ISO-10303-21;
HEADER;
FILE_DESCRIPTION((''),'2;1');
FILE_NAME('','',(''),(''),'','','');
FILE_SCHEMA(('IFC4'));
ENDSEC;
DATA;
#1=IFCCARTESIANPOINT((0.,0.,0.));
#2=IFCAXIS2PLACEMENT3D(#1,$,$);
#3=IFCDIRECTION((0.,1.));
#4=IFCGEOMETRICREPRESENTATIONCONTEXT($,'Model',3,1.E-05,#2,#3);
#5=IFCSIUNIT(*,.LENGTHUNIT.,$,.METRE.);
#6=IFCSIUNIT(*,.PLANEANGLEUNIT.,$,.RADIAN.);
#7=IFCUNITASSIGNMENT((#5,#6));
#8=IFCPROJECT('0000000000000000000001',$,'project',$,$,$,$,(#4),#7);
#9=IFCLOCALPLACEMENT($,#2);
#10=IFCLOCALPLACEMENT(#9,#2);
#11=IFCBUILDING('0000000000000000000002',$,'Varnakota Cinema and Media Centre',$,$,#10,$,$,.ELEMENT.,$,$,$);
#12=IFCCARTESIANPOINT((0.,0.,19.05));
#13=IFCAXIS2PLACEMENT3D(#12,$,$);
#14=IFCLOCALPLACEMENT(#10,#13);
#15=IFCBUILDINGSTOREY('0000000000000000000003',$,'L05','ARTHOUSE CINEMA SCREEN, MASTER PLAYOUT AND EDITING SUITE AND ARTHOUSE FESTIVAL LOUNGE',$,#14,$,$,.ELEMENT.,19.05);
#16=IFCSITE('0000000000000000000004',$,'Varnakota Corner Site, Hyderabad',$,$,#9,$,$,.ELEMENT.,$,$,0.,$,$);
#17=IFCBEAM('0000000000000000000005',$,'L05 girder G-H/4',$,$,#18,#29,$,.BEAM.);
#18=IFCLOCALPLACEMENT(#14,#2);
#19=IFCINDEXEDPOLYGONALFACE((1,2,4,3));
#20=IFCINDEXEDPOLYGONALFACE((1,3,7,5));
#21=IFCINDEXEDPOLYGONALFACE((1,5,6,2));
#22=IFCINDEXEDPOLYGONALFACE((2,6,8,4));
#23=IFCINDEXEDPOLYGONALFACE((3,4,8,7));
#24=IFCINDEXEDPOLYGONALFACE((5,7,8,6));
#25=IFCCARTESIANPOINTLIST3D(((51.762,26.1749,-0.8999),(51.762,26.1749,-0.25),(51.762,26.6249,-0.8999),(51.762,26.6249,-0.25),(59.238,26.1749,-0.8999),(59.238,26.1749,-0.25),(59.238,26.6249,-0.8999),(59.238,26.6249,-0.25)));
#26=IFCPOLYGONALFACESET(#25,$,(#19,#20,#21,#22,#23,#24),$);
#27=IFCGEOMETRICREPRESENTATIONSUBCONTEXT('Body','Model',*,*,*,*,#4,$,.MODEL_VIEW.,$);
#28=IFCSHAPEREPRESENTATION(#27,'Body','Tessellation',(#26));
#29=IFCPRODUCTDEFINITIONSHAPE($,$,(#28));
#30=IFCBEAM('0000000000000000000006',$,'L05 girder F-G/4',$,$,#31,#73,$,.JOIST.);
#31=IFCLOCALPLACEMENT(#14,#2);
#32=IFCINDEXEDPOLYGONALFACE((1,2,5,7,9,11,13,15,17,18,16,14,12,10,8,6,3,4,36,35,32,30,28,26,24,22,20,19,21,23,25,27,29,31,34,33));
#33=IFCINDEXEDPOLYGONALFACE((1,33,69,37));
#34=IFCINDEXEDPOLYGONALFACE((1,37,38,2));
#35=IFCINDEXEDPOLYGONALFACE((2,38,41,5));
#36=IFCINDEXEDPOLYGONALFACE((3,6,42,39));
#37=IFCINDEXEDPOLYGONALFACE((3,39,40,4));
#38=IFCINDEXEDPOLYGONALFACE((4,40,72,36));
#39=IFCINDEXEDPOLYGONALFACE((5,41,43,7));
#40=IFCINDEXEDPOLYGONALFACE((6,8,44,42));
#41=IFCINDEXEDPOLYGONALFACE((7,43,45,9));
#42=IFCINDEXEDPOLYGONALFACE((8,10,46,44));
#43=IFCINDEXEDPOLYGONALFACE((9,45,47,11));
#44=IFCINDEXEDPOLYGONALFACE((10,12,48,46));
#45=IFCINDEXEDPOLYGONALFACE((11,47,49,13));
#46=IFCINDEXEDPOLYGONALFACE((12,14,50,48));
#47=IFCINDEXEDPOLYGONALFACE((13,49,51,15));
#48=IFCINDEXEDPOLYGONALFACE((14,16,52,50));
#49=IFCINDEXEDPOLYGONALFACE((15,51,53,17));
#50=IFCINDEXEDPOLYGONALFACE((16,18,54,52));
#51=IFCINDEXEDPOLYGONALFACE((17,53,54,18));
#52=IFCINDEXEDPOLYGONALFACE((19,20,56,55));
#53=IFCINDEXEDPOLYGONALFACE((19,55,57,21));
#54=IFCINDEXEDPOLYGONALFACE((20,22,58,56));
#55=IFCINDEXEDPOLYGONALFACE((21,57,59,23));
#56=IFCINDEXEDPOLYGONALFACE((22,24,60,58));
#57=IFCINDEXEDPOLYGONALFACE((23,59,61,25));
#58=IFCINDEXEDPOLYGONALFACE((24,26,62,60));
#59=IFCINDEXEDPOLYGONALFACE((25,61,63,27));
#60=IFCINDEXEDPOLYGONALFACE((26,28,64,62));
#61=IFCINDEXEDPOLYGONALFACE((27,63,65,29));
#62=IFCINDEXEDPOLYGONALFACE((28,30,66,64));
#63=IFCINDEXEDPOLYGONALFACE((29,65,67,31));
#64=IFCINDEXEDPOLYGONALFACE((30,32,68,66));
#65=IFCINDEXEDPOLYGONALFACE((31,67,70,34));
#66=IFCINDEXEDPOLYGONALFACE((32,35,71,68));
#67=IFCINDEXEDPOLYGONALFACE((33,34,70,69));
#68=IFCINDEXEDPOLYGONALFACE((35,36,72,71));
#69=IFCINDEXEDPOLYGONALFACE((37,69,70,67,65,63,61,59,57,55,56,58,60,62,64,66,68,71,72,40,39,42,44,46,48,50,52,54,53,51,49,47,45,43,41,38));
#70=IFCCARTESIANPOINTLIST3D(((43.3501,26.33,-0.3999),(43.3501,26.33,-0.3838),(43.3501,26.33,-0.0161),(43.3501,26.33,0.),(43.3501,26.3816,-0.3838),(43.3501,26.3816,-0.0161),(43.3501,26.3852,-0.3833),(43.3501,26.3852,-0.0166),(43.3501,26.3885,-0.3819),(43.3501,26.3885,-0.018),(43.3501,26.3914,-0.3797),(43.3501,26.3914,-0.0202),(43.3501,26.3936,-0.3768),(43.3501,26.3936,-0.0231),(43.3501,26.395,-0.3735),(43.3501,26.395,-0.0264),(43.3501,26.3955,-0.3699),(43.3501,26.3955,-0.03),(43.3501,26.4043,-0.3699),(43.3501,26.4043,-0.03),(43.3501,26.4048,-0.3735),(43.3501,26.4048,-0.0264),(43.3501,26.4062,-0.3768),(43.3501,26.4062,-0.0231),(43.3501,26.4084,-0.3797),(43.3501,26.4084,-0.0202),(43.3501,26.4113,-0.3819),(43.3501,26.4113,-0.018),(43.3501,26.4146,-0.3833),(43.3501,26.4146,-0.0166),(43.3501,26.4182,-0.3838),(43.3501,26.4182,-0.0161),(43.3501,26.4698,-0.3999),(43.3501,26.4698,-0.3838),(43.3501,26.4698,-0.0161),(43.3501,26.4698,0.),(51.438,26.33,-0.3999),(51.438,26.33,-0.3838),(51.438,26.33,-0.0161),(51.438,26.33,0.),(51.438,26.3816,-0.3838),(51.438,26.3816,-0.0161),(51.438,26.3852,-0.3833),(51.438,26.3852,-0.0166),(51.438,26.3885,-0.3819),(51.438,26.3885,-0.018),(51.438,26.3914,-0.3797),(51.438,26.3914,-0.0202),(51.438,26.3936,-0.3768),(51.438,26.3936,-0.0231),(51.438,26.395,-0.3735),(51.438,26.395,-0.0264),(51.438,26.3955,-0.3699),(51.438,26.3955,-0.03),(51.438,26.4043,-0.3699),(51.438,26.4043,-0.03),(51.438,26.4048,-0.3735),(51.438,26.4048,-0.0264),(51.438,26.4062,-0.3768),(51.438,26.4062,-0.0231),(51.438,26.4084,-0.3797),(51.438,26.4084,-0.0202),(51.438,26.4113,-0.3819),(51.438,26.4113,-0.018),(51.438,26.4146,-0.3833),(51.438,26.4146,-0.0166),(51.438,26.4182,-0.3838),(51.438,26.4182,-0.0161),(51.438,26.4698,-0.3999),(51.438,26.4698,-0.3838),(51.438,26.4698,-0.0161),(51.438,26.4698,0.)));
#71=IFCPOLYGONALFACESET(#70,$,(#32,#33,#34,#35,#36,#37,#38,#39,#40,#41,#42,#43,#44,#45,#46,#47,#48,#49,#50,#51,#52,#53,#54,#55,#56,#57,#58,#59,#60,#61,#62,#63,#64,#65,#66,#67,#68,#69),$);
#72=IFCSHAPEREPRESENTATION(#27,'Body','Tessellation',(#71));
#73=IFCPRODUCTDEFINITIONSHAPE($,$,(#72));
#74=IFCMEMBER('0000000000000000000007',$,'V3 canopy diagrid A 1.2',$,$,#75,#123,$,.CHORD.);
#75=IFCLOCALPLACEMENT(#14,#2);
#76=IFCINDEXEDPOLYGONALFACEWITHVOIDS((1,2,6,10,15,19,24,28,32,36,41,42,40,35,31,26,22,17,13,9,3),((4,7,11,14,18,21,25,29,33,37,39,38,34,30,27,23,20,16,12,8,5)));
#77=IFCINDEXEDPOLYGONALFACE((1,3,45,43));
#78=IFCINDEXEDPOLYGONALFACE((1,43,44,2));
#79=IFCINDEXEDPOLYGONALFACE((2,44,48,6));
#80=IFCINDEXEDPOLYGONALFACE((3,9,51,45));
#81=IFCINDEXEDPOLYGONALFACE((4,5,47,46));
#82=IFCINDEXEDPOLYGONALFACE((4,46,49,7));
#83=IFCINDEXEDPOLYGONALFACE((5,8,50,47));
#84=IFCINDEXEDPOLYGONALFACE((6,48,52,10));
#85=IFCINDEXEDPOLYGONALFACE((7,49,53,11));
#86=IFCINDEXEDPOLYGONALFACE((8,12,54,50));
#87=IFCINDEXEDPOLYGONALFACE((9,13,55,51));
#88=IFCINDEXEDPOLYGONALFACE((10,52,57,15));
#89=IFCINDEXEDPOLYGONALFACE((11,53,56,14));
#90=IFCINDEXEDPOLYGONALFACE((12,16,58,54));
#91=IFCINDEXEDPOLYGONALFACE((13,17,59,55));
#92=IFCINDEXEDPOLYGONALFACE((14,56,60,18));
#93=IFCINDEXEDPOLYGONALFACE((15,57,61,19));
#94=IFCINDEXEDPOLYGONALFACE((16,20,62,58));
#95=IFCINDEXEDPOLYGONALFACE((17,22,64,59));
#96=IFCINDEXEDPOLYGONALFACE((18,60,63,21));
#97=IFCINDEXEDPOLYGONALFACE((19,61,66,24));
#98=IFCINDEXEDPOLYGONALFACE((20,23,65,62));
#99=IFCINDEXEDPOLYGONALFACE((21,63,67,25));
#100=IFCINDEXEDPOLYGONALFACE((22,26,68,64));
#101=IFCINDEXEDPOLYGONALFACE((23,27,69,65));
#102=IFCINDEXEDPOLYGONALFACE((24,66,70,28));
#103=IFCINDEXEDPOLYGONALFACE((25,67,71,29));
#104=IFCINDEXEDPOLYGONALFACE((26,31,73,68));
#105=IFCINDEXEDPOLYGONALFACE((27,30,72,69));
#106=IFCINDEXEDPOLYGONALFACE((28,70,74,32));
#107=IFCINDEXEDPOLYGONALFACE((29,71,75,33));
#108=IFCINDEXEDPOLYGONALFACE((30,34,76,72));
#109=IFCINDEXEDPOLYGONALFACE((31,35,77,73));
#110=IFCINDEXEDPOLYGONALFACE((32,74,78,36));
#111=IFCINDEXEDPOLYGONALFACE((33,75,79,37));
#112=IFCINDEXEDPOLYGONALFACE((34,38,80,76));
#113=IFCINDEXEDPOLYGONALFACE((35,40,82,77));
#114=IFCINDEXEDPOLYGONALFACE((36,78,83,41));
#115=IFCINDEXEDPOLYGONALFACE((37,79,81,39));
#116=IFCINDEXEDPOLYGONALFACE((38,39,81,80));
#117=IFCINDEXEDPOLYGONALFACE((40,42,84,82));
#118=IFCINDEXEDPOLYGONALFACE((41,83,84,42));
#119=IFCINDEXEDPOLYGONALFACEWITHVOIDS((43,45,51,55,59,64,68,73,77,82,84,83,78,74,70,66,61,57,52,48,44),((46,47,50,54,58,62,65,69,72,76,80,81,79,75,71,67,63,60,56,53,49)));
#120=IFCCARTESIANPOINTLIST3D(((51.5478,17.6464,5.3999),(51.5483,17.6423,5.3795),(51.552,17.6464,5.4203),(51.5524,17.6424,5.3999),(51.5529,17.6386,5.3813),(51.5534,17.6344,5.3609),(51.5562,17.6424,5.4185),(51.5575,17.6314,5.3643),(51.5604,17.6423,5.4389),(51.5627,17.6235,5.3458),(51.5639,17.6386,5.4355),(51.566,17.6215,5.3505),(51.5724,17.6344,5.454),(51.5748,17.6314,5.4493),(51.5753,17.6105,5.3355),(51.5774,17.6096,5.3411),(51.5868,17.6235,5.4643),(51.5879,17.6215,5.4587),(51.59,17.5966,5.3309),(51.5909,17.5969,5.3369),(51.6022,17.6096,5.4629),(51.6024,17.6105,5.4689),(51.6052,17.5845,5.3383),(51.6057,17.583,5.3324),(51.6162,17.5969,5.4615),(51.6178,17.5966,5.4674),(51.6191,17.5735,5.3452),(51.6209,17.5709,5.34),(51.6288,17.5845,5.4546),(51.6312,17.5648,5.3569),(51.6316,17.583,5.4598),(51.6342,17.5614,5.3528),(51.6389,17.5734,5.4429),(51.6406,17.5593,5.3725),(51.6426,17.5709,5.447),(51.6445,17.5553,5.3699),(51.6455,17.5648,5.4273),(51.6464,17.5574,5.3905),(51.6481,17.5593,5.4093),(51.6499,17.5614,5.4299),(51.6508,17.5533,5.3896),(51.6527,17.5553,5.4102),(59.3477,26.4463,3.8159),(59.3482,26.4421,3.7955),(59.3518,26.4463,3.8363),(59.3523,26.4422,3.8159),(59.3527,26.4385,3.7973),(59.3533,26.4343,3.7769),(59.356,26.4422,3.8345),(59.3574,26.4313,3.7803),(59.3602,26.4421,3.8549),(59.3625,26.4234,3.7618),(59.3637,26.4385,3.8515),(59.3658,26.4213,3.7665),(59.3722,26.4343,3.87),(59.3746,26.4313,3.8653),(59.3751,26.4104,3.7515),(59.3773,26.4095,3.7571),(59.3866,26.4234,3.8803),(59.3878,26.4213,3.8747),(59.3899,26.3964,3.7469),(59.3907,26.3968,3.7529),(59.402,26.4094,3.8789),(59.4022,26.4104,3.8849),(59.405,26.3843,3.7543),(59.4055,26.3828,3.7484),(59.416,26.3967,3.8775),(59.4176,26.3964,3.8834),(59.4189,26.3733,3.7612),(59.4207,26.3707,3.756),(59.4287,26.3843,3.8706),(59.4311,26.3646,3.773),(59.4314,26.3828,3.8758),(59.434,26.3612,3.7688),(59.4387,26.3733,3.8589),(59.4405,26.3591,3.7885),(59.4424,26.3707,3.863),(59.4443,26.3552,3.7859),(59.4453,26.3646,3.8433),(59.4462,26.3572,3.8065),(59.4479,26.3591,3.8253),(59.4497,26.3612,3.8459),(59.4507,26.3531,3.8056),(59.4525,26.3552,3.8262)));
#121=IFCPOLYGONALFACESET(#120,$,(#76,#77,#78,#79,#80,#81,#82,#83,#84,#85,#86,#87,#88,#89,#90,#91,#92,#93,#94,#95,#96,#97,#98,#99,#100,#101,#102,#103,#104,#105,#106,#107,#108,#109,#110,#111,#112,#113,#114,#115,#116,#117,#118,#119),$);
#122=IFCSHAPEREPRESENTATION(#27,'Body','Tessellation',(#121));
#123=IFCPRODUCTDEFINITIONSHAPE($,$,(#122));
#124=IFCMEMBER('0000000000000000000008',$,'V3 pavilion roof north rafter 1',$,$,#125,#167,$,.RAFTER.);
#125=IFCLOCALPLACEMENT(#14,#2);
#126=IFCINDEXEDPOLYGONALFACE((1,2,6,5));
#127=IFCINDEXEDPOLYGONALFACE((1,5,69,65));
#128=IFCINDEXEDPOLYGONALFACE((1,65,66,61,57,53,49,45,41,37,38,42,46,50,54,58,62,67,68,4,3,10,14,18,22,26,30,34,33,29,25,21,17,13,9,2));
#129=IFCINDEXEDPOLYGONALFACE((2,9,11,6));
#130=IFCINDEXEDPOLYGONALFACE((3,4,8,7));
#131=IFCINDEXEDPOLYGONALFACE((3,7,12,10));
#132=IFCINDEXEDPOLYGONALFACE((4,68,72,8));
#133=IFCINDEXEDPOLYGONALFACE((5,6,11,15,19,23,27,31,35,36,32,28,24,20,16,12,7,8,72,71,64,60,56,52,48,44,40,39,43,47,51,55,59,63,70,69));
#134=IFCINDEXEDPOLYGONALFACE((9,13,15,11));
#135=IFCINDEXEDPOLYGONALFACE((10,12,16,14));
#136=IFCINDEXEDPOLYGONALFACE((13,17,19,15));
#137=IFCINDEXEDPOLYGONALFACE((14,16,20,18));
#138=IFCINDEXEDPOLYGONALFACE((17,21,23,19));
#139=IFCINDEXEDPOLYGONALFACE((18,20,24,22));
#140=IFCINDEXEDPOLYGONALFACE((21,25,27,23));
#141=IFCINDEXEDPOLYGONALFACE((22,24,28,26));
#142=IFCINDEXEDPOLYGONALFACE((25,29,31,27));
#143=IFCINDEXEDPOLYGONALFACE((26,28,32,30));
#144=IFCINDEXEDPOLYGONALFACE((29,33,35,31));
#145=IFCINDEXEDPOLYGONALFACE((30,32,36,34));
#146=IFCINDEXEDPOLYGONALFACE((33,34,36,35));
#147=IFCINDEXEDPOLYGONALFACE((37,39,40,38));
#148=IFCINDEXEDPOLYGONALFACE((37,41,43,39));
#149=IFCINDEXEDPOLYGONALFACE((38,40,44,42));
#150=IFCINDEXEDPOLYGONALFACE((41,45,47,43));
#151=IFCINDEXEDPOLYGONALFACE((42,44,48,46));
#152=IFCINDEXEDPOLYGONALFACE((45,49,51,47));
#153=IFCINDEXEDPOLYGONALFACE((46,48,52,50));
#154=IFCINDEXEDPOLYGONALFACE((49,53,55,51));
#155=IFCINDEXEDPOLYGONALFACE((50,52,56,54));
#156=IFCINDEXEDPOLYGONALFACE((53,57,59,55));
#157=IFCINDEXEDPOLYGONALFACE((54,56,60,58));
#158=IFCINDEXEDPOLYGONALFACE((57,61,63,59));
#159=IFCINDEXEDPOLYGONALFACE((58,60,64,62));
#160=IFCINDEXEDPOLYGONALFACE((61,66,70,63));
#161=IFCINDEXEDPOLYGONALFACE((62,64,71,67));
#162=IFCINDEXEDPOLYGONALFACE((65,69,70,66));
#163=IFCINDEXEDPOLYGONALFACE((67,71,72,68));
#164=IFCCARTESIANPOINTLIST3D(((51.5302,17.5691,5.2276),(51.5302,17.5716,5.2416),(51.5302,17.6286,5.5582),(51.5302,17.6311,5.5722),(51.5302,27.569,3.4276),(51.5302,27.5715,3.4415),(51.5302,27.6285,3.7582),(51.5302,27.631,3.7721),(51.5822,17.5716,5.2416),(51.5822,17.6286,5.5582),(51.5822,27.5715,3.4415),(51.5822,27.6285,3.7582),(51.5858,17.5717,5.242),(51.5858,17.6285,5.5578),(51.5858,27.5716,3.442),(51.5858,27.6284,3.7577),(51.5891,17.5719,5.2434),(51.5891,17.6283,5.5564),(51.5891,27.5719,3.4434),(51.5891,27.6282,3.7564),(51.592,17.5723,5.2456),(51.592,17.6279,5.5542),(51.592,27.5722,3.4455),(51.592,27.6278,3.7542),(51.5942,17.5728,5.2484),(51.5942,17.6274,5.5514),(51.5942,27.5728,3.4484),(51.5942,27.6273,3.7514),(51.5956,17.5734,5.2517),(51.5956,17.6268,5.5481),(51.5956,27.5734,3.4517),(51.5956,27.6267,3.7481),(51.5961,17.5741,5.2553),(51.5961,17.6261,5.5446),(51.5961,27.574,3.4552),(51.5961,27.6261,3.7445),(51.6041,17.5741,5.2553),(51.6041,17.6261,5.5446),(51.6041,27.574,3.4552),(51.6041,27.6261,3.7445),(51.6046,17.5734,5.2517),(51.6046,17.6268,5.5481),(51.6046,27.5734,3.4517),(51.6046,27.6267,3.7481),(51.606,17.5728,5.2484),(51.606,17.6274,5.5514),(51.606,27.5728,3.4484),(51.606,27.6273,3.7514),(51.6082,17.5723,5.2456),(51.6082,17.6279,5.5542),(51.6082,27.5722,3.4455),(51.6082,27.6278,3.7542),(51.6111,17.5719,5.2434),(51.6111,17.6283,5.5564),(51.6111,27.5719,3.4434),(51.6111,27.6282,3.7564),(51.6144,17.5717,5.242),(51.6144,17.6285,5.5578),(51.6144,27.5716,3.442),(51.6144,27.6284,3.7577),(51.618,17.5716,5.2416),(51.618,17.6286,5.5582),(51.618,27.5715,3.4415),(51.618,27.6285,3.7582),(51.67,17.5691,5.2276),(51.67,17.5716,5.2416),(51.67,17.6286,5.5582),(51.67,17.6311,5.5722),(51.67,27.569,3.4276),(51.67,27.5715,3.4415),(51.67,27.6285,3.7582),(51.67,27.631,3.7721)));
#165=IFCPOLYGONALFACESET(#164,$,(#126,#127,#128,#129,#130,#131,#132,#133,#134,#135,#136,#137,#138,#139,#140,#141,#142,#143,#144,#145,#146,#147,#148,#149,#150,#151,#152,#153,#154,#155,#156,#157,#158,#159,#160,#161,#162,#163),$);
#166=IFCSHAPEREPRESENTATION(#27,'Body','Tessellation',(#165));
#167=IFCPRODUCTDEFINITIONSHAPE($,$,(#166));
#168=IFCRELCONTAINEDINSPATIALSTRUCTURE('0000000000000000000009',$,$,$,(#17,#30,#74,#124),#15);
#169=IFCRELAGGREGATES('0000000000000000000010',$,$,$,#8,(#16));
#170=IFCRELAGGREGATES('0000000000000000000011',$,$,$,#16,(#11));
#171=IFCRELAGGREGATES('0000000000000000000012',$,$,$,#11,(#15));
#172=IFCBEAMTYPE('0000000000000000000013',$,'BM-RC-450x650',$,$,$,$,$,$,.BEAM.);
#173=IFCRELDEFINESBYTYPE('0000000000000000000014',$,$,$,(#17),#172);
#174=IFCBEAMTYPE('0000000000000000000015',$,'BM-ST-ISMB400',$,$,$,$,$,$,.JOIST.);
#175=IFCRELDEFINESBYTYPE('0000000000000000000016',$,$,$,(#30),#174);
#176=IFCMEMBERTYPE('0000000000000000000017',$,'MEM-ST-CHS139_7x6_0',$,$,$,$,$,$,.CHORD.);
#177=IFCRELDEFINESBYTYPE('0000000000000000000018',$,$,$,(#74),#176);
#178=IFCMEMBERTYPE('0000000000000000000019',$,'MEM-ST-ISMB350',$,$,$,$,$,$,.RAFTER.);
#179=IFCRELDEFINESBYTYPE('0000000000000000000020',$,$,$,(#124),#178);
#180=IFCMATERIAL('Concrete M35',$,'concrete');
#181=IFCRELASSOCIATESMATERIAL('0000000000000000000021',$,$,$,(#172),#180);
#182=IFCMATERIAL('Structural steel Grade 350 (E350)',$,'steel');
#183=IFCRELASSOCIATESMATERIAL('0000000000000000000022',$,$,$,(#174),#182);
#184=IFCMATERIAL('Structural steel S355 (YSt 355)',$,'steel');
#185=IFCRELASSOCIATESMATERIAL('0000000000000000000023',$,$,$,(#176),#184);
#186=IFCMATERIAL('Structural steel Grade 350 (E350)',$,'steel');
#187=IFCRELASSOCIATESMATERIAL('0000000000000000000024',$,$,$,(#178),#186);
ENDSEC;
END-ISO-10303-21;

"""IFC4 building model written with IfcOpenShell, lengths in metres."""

from ifc_helpers import new_model, si_unit, direction, frame, origin, origin_2d, place, context, subcontext, project, spatial, rectangle, hollow_circle, i_section, extrude, material, material_profile, profile_set, type_object, element, save


model = new_model("IFC4")

# Units and contexts
model_context = context("Model", 3, precision=1e-05, world=origin(), true_north=direction((0.0, 1.0)))
body_context = subcontext(model_context, "Body", "Model", "MODEL_VIEW")
ifc_project = project(units=[si_unit("LENGTHUNIT", "METRE"), si_unit("PLANEANGLEUNIT", "RADIAN")], contexts=[model_context])

# Site, building, storey
site_placement = place(None, origin())
site = spatial("IfcSite", under=ifc_project, at=site_placement, Name="Varnakota Corner Site, Hyderabad", CompositionType="ELEMENT", RefElevation=0.0)
building_placement = place(site_placement, origin())
building = spatial("IfcBuilding", under=site, at=building_placement, Name="Varnakota Cinema and Media Centre", CompositionType="ELEMENT")
storey_placement = place(building_placement, frame((0.0, 0.0, 19.05)))
storey = spatial("IfcBuildingStorey", under=building, at=storey_placement, Name="L05", Description="ARTHOUSE CINEMA SCREEN, MASTER PLAYOUT AND EDITING SUITE AND ARTHOUSE FESTIVAL LOUNGE", CompositionType="ELEMENT", Elevation=19.05)

# Beams
ifc_material_1 = material(Name="Concrete M35", Category="concrete")
ifc_material_profile_1 = material_profile(ifc_material_1, rectangle(XDim=0.45, YDim=0.6499, at=origin_2d()), Name="RCB 450x650")
ifc_profile_set_1 = profile_set([ifc_material_profile_1], Name="Concrete M35")
beam_type_1 = type_object("IfcBeamType", Name="BM-RC-450x650", PredefinedType="BEAM", material=ifc_profile_set_1)
beam_1_placement = place(storey_placement, frame((51.762, 26.3999, -0.575), z_axis=(1.0, 0.0, 0.0), x_axis=(0.0, 1.0, 0.0)))
element("IfcBeam", 1, at=beam_1_placement, inside=storey, type_object=beam_type_1, Name="L05 girder G-H/4", PredefinedType="BEAM", context=body_context, shape_type="SweptSolid", body=[
    extrude(rectangle(XDim=0.45, YDim=0.6499, at=origin_2d()), origin(), (0.0, 0.0, 1.0), 7.4761),
])
ifc_material_2 = material(Name="Structural steel Grade 350 (E350)", Category="steel")
ifc_material_profile_2 = material_profile(ifc_material_2, i_section(OverallWidth=0.1399, OverallDepth=0.3999, WebThickness=0.0088, FlangeThickness=0.0161, FilletRadius=0.0139, at=origin_2d()), Name="ISMB 400")
ifc_profile_set_2 = profile_set([ifc_material_profile_2], Name="Structural steel Grade 350 (E350)")
beam_type_2 = type_object("IfcBeamType", Name="BM-ST-ISMB400", PredefinedType="JOIST", material=ifc_profile_set_2)
beam_2_placement = place(storey_placement, frame((43.3501, 26.3999, -0.2), z_axis=(1.0, 0.0, 0.0), x_axis=(0.0, 1.0, 0.0)))
element("IfcBeam", 2, at=beam_2_placement, inside=storey, type_object=beam_type_2, Name="L05 girder F-G/4", PredefinedType="JOIST", context=body_context, shape_type="SweptSolid", body=[
    extrude(i_section(OverallWidth=0.1399, OverallDepth=0.3999, WebThickness=0.0088, FlangeThickness=0.0161, FilletRadius=0.0139, at=origin_2d()), origin(), (0.0, 0.0, 1.0), 8.0879),
])

# Members
ifc_material_3 = material(Name="Structural steel S355 (YSt 355)", Category="steel")
ifc_material_profile_3 = material_profile(ifc_material_3, hollow_circle(Radius=0.0698, WallThickness=0.0061, at=origin_2d()), Name="CHS 139.7x6.0")
ifc_profile_set_3 = profile_set([ifc_material_profile_3], Name="Structural steel S355 (YSt 355)")
member_type_1 = type_object("IfcMemberType", Name="MEM-ST-CHS139_7x6_0", PredefinedType="CHORD", material=ifc_profile_set_3)
member_1_placement = place(storey_placement, frame((51.6001, 17.6001, 5.3999), z_axis=(0.657369, 0.741649, -0.133499), x_axis=(-0.748348, 0.663306, 0.0)))
element("IfcMember", 3, at=member_1_placement, inside=storey, type_object=member_type_1, Name="V3 canopy diagrid A 1.2", PredefinedType="CHORD", context=body_context, shape_type="SweptSolid", body=[
    extrude(hollow_circle(Radius=0.0698, WallThickness=0.0061, at=origin_2d()), origin(), (0.0, 0.0, 1.0), 11.8652),
])
ifc_material_4 = material(Name="Structural steel Grade 350 (E350)", Category="steel")
ifc_material_profile_4 = material_profile(ifc_material_4, i_section(OverallWidth=0.1399, OverallDepth=0.3501, WebThickness=0.0081, FlangeThickness=0.0142, FilletRadius=0.0139, at=origin_2d()), Name="ISMB 350")
ifc_profile_set_4 = profile_set([ifc_material_profile_4], Name="Structural steel Grade 350 (E350)")
member_type_2 = type_object("IfcMemberType", Name="MEM-ST-ISMB350", PredefinedType="RAFTER", material=ifc_profile_set_4)
member_2_placement = place(storey_placement, frame((51.6001, 17.6001, 5.3999), z_axis=(0.0, 0.984182, -0.177158), x_axis=(-1.0, 0.0, 0.0)))
element("IfcMember", 4, at=member_2_placement, inside=storey, type_object=member_type_2, Name="V3 pavilion roof north rafter 1", PredefinedType="RAFTER", context=body_context, shape_type="SweptSolid", body=[
    extrude(i_section(OverallWidth=0.1399, OverallDepth=0.3501, WebThickness=0.0081, FlangeThickness=0.0142, FilletRadius=0.0139, at=origin_2d()), origin(), (0.0, 0.0, 1.0), 10.1606),
])

save(model, "model.ifc")
